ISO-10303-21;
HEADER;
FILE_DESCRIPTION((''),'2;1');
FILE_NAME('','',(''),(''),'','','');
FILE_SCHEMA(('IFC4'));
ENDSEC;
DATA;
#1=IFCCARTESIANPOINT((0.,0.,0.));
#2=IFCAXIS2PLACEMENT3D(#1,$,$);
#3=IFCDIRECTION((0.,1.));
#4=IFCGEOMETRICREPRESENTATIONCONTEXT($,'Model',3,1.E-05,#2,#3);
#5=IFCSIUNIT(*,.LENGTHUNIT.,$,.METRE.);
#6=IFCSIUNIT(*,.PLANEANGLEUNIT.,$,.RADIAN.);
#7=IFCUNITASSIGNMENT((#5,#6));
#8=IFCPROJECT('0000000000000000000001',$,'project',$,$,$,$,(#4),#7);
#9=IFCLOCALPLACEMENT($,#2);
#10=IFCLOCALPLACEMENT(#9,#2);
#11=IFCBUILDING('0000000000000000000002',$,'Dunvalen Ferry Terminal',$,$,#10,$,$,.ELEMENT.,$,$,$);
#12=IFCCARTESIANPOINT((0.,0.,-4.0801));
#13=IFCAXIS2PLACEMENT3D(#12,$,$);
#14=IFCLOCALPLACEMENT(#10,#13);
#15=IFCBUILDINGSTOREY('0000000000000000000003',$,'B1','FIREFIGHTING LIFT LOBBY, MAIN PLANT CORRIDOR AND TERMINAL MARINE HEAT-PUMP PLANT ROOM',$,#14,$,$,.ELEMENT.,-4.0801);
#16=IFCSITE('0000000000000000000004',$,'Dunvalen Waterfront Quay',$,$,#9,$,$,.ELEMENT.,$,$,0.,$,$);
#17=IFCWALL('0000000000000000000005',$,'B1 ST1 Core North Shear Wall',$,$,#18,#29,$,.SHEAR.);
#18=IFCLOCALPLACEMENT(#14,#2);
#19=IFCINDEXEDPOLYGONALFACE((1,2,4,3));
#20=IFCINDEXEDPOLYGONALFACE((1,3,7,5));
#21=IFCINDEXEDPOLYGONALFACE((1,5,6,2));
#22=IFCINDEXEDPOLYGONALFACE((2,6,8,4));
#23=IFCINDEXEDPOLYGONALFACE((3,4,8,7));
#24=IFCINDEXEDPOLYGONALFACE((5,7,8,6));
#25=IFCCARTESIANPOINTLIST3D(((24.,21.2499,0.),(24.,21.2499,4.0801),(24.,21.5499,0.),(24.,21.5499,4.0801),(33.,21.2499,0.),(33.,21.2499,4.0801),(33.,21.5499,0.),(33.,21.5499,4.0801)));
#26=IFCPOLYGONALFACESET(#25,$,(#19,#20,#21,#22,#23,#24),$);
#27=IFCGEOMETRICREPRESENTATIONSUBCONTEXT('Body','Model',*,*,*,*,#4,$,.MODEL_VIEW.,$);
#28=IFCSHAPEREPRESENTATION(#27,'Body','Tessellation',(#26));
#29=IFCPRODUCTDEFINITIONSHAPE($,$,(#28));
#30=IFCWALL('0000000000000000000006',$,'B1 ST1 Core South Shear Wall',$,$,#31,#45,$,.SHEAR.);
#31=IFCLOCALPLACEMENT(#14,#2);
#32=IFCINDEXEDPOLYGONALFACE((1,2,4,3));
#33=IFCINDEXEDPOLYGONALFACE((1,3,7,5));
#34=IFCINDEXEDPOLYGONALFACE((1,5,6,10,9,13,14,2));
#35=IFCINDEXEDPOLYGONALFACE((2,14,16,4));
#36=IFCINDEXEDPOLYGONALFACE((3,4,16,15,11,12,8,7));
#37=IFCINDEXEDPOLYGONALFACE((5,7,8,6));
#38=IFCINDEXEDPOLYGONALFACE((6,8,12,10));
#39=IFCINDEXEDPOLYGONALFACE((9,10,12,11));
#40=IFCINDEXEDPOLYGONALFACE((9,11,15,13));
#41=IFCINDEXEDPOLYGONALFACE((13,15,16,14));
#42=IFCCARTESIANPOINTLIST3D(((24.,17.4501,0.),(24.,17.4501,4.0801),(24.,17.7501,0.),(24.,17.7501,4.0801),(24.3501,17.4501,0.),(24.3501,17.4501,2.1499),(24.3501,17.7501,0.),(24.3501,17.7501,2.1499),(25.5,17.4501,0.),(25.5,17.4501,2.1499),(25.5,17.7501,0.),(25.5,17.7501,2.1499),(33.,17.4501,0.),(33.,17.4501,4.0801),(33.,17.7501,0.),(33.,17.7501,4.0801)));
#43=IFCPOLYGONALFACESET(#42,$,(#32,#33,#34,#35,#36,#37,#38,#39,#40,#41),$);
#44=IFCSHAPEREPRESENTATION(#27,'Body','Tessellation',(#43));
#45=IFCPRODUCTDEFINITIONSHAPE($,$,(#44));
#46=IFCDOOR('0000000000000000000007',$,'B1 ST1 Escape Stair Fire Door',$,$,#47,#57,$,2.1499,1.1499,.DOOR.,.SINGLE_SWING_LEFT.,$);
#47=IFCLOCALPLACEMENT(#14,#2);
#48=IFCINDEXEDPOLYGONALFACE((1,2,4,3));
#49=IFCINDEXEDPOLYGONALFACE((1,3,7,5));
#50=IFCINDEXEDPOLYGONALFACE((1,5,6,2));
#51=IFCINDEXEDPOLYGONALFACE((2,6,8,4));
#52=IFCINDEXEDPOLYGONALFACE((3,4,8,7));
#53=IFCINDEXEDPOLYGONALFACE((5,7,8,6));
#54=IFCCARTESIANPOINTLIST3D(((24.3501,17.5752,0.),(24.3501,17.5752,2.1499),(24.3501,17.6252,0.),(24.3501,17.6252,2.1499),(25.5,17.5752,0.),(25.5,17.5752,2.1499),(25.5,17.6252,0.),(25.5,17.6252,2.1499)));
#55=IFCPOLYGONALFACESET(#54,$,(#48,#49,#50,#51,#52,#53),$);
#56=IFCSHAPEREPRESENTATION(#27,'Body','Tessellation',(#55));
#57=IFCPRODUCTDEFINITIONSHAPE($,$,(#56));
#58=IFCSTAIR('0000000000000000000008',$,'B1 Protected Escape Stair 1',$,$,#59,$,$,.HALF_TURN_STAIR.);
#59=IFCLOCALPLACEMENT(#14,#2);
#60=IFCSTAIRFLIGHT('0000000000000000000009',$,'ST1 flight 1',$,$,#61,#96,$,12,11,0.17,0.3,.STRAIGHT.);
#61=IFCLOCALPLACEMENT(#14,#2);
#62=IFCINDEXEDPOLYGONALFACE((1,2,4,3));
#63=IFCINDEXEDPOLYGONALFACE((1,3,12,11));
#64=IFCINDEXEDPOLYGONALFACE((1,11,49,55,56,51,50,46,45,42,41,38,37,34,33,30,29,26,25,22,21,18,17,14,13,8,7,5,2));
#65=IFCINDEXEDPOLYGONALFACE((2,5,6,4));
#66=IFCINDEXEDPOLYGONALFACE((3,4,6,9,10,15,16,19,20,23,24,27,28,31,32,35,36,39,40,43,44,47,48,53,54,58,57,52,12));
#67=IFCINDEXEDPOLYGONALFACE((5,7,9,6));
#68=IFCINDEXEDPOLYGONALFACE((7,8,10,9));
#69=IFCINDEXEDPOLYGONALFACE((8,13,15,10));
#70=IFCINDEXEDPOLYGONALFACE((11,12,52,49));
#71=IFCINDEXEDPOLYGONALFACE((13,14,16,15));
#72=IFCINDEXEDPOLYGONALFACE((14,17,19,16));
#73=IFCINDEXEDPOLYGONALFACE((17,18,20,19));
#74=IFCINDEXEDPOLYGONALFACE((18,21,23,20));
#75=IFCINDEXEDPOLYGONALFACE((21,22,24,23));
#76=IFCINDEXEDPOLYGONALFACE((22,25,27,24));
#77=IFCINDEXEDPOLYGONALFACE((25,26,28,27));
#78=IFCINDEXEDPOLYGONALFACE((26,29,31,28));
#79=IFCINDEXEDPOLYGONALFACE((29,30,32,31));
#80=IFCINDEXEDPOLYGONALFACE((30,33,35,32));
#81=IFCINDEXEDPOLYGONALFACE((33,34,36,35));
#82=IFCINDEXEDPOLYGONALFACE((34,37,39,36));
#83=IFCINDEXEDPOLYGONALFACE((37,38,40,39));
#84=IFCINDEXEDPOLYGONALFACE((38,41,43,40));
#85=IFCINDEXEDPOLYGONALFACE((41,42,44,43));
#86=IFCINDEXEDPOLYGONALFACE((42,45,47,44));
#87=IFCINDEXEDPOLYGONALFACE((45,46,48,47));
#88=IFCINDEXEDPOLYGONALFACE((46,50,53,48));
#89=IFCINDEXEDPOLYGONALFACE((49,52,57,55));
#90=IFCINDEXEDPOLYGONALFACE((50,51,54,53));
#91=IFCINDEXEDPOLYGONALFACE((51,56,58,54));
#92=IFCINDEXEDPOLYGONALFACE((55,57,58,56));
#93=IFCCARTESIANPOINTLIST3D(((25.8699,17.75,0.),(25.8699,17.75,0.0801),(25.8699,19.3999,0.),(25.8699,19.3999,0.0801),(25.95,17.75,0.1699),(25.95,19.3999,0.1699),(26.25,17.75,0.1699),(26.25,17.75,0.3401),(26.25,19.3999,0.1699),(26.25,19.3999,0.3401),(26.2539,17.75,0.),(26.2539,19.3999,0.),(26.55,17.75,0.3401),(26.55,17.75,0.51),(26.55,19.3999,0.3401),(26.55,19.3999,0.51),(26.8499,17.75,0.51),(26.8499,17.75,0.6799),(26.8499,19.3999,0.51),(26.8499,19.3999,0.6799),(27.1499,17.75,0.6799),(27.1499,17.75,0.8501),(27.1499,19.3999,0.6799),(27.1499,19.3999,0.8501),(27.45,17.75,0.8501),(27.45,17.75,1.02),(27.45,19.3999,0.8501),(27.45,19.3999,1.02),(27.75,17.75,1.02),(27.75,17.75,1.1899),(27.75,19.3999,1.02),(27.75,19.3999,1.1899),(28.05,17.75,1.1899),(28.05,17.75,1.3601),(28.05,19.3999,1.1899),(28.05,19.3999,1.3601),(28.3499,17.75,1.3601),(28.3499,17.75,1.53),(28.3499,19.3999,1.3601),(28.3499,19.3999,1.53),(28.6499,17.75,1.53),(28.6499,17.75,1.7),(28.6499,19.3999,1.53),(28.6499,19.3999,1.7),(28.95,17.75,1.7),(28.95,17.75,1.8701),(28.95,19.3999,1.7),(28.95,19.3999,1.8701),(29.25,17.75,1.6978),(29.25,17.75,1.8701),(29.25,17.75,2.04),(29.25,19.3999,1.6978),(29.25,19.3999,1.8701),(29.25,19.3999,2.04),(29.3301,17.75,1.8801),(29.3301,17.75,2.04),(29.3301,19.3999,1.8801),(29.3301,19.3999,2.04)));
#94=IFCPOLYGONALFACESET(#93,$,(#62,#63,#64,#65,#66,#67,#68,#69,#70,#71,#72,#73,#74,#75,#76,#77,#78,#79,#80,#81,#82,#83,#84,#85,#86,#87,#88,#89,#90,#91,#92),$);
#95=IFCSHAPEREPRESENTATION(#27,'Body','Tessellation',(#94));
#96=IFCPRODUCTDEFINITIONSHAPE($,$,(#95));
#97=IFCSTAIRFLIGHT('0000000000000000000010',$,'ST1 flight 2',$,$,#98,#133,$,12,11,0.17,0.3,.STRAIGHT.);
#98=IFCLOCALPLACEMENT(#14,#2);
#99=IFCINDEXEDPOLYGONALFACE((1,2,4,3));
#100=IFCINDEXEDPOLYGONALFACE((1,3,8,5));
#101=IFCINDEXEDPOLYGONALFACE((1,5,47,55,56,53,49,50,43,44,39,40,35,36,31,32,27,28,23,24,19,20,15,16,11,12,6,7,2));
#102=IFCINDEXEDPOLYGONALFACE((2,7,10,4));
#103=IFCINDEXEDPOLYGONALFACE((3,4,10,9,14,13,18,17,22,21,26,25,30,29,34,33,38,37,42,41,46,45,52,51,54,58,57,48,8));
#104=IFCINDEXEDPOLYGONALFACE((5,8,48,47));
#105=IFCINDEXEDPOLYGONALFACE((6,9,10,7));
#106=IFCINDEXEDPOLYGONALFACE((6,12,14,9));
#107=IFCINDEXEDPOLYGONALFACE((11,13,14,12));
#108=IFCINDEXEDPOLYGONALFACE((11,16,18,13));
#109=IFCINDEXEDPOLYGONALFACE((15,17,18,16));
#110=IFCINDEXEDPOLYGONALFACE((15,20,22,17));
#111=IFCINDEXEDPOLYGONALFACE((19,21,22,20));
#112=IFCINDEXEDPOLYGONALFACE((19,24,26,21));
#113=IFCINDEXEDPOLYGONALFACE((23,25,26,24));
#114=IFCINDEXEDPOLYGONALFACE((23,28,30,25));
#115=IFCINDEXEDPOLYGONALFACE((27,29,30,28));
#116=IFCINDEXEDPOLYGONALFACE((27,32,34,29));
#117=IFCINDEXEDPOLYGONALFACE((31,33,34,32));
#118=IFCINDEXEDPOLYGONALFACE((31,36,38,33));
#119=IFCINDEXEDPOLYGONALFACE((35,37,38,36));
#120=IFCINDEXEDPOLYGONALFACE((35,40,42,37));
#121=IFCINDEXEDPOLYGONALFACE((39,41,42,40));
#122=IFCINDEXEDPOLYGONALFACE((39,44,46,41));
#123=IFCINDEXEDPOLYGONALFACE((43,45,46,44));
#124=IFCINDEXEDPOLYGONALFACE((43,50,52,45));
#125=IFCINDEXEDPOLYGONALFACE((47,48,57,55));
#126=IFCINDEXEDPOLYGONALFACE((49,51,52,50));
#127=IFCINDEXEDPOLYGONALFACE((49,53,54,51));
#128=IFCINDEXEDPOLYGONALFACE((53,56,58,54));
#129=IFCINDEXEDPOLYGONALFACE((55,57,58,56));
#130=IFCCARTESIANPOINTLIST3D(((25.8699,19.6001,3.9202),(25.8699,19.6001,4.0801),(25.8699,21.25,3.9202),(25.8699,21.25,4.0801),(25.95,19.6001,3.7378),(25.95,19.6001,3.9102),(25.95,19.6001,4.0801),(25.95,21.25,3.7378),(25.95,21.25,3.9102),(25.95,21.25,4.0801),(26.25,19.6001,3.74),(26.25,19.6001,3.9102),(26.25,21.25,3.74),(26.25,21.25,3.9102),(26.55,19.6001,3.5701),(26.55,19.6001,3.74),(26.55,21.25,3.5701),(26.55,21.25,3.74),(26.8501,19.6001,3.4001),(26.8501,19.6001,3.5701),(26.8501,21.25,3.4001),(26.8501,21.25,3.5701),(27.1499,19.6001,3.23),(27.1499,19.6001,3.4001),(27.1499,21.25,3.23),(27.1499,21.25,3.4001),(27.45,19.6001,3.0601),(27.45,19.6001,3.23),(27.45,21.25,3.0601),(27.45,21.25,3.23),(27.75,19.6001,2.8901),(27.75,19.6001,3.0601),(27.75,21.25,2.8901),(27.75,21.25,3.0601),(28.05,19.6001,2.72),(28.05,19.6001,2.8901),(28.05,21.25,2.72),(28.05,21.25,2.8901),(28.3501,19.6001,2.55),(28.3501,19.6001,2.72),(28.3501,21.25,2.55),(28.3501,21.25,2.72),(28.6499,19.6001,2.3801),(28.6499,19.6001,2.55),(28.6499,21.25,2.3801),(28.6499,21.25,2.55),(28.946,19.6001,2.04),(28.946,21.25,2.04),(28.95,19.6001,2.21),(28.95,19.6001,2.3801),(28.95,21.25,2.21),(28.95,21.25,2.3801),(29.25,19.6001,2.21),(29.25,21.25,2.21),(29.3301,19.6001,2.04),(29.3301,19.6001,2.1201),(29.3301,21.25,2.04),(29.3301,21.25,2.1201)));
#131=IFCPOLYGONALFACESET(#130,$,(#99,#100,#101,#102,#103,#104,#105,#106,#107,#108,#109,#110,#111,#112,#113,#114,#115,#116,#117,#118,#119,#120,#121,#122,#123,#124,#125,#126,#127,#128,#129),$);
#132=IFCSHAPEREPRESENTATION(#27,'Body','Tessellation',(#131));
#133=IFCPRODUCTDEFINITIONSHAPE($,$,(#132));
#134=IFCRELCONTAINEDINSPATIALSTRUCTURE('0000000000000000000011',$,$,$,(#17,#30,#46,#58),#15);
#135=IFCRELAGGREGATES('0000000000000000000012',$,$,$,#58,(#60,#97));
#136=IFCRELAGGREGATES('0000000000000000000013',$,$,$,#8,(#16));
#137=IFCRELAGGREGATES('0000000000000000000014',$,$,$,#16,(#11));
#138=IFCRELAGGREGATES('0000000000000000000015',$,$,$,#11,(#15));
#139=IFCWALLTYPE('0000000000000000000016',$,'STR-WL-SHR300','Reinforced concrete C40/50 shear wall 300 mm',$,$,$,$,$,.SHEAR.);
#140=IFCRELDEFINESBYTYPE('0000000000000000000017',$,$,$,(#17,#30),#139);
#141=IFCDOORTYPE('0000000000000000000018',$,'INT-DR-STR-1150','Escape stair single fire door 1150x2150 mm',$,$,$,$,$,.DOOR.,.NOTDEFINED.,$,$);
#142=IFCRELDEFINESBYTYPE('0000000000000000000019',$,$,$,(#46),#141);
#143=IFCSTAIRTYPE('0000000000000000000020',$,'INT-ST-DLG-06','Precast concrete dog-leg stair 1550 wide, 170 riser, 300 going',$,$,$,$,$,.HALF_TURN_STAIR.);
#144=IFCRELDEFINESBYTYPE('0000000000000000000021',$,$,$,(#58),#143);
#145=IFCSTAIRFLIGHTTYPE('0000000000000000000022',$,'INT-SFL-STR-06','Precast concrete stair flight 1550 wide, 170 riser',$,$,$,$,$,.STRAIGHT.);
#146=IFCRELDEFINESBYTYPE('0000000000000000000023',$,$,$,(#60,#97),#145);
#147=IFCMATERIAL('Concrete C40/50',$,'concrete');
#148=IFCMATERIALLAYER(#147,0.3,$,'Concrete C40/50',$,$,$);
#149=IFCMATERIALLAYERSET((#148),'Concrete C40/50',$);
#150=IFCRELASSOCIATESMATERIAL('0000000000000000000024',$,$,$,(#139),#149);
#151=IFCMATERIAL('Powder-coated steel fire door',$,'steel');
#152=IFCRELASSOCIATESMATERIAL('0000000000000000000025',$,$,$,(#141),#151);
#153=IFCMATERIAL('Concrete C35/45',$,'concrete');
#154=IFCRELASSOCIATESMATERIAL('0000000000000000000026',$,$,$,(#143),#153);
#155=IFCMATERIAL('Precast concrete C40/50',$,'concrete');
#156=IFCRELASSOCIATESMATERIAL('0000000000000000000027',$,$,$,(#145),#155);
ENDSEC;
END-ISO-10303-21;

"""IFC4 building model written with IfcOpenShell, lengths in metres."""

from ifc_helpers import new_model, si_unit, direction, frame, frame_2d, origin, place, context, subcontext, project, spatial, polyline, rectangle, outline, extrude, material, layer, layer_set, type_object, element, fill, aggregate, save


model = new_model("IFC4")

# Units and contexts
model_context = context("Model", 3, precision=1e-05, world=origin(), true_north=direction((0.0, 1.0)))
body_context = subcontext(model_context, "Body", "Model", "MODEL_VIEW")
ifc_project = project(units=[si_unit("LENGTHUNIT", "METRE"), si_unit("PLANEANGLEUNIT", "RADIAN")], contexts=[model_context])

# Site, building, storey
site_placement = place(None, origin())
site = spatial("IfcSite", under=ifc_project, at=site_placement, Name="Dunvalen Waterfront Quay", CompositionType="ELEMENT", RefElevation=0.0)
building_placement = place(site_placement, origin())
building = spatial("IfcBuilding", under=site, at=building_placement, Name="Dunvalen Ferry Terminal", CompositionType="ELEMENT")
storey_placement = place(building_placement, frame((0.0, 0.0, -4.0801)))
storey = spatial("IfcBuildingStorey", under=building, at=storey_placement, Name="B1", Description="FIREFIGHTING LIFT LOBBY, MAIN PLANT CORRIDOR AND TERMINAL MARINE HEAT-PUMP PLANT ROOM", CompositionType="ELEMENT", Elevation=-4.0801)

# Shared definitions
ifc_material_1 = material(Name="Concrete C40/50", Category="concrete")

# Wall
ifc_material_2 = material(Name="Concrete C35/45", Category="concrete")
ifc_layer_1 = layer(ifc_material_1, 0.3, Name="Concrete C40/50")
ifc_layer_set_1 = layer_set([ifc_layer_1], Name="Concrete C40/50")
wall_type_1 = type_object("IfcWallType", Name="STR-WL-SHR300", Description="Reinforced concrete C40/50 shear wall 300 mm", PredefinedType="SHEAR", material=ifc_layer_set_1)
wall_1_placement = place(storey_placement, frame((24.0, 21.3999, 0.0), z_axis=(0.0, 0.0, 1.0), x_axis=(1.0, 0.0, 0.0)))
element("IfcWall", 1, at=wall_1_placement, inside=storey, type_object=wall_type_1, Name="B1 ST1 Core North Shear Wall", PredefinedType="SHEAR", context=body_context, shape_type="SweptSolid", body=[
    extrude(rectangle(XDim=9.0, YDim=0.3, at=frame_2d((4.5, 0.0))), origin(), (0.0, 0.0, 1.0), 4.0801),
])

# Wall, opening, door
wall_2_placement = place(storey_placement, frame((24.0, 17.6001, 0.0), z_axis=(0.0, 0.0, 1.0), x_axis=(1.0, 0.0, 0.0)))
wall_2 = element("IfcWall", 2, at=wall_2_placement, inside=storey, type_object=wall_type_1, Name="B1 ST1 Core South Shear Wall", PredefinedType="SHEAR", context=body_context, shape_type="SweptSolid", body=[
    extrude(rectangle(XDim=9.0, YDim=0.3, at=frame_2d((4.5, 0.0))), origin(), (0.0, 0.0, 1.0), 4.0801),
])
opening_placement = place(wall_2_placement, frame((0.3501, 0.0, 0.0)))
opening = element("IfcOpeningElement", 3, at=opening_placement, cuts=wall_2, PredefinedType="OPENING", context=body_context, shape_type="SweptSolid", body=[
    extrude(rectangle(XDim=1.1499, YDim=2.1499, at=frame_2d((0.575, 1.075))), frame((0.0, 0.1602, 0.0), z_axis=(0.0, -1.0, 0.0), x_axis=(1.0, 0.0, 0.0)), (0.0, 0.0, 1.0), 0.3201),
])
ifc_material_3 = material(Name="Powder-coated steel fire door", Category="steel")
door_type = type_object("IfcDoorType", Name="INT-DR-STR-1150", Description="Escape stair single fire door 1150x2150 mm", OperationType="NOTDEFINED", PredefinedType="DOOR", material=ifc_material_3)
door_placement = place(opening_placement, frame((1.1499, 0.0, 0.0), z_axis=(0.0, 0.0, 1.0), x_axis=(-1.0, 0.0, 0.0)))
door = element("IfcDoor", 4, at=door_placement, inside=storey, type_object=door_type, Name="B1 ST1 Escape Stair Fire Door", OperationType="SINGLE_SWING_LEFT", OverallHeight=2.1499, OverallWidth=1.1499, PredefinedType="DOOR", context=body_context, shape_type="SweptSolid", body=[
    extrude(rectangle(XDim=1.1499, YDim=2.1499, at=frame_2d((0.575, 1.075))), frame((0.0, 0.0249, 0.0), z_axis=(0.0, -1.0, 0.0), x_axis=(1.0, 0.0, 0.0)), (0.0, 0.0, 1.0), 0.05),
])
fill(opening, door)

# Stair, stair flights
stair_type = type_object("IfcStairType", Name="INT-ST-DLG-06", Description="Precast concrete dog-leg stair 1550 wide, 170 riser, 300 going", PredefinedType="HALF_TURN_STAIR", material=ifc_material_2)
stair_placement = place(storey_placement, origin())
stair = element("IfcStair", 5, at=stair_placement, inside=storey, type_object=stair_type, Name="B1 Protected Escape Stair 1", PredefinedType="HALF_TURN_STAIR")
ifc_material_4 = material(Name="Precast concrete C40/50", Category="concrete")
stair_flight_type = type_object("IfcStairFlightType", Name="INT-SFL-STR-06", Description="Precast concrete stair flight 1550 wide, 170 riser", PredefinedType="STRAIGHT", material=ifc_material_4)
stair_flight_1_placement = place(storey_placement, frame((25.95, 18.575, 0.0), z_axis=(0.0, 0.0, 1.0), x_axis=(1.0, 0.0, 0.0)))
stair_flight_1 = element("IfcStairFlight", 6, at=stair_flight_1_placement, type_object=stair_flight_type, Name="ST1 flight 1", NumberOfRisers=12, NumberOfTreads=11, PredefinedType="STRAIGHT", RiserHeight=0.17, TreadLength=0.3, context=body_context, shape_type="SweptSolid", body=[
    extrude(outline(polyline([(-0.0801, 0.0), (-0.0801, 0.0801), (0.0, 0.1699), (0.3, 0.1699), (0.3, 0.3401), (0.6001, 0.3401), (0.6001, 0.51), (0.8999, 0.51), (0.8999, 0.6799), (1.2, 0.6799), (1.2, 0.8501), (1.5, 0.8501), (1.5, 1.02), (1.8, 1.02), (1.8, 1.1899), (2.1001, 1.1899), (2.1001, 1.3601), (2.3999, 1.3601), (2.3999, 1.53), (2.7, 1.53), (2.7, 1.7), (3.0, 1.7), (3.0, 1.8701), (3.3, 1.8701), (3.3, 2.04), (3.3801, 2.04), (3.3801, 1.8801), (3.3, 1.6978), (0.304, 0.0), (-0.0801, 0.0)])), frame((0.0, 0.825, 0.0), z_axis=(0.0, -1.0, 0.0), x_axis=(1.0, 0.0, 0.0)), (0.0, 0.0, 1.0), 1.6499),
])
stair_flight_2_placement = place(storey_placement, frame((29.25, 20.425, 2.04), z_axis=(0.0, 0.0, 1.0), x_axis=(-1.0, 0.0, 0.0)))
stair_flight_2 = element("IfcStairFlight", 7, at=stair_flight_2_placement, type_object=stair_flight_type, Name="ST1 flight 2", NumberOfRisers=12, NumberOfTreads=11, PredefinedType="STRAIGHT", RiserHeight=0.17, TreadLength=0.3, context=body_context, shape_type="SweptSolid", body=[
    extrude(outline(polyline([(-0.0801, 0.0), (-0.0801, 0.0801), (0.0, 0.1699), (0.3, 0.1699), (0.3, 0.3401), (0.6001, 0.3401), (0.6001, 0.51), (0.8999, 0.51), (0.8999, 0.6799), (1.2, 0.6799), (1.2, 0.8501), (1.5, 0.8501), (1.5, 1.02), (1.8, 1.02), (1.8, 1.1899), (2.1001, 1.1899), (2.1001, 1.3601), (2.3999, 1.3601), (2.3999, 1.53), (2.7, 1.53), (2.7, 1.7), (3.0, 1.7), (3.0, 1.8701), (3.3, 1.8701), (3.3, 2.04), (3.3801, 2.04), (3.3801, 1.8801), (3.3, 1.6978), (0.304, 0.0), (-0.0801, 0.0)])), frame((0.0, 0.825, 0.0), z_axis=(0.0, -1.0, 0.0), x_axis=(1.0, 0.0, 0.0)), (0.0, 0.0, 1.0), 1.6499),
])
aggregate(stair, [stair_flight_1, stair_flight_2])

save(model, "model.ifc")
